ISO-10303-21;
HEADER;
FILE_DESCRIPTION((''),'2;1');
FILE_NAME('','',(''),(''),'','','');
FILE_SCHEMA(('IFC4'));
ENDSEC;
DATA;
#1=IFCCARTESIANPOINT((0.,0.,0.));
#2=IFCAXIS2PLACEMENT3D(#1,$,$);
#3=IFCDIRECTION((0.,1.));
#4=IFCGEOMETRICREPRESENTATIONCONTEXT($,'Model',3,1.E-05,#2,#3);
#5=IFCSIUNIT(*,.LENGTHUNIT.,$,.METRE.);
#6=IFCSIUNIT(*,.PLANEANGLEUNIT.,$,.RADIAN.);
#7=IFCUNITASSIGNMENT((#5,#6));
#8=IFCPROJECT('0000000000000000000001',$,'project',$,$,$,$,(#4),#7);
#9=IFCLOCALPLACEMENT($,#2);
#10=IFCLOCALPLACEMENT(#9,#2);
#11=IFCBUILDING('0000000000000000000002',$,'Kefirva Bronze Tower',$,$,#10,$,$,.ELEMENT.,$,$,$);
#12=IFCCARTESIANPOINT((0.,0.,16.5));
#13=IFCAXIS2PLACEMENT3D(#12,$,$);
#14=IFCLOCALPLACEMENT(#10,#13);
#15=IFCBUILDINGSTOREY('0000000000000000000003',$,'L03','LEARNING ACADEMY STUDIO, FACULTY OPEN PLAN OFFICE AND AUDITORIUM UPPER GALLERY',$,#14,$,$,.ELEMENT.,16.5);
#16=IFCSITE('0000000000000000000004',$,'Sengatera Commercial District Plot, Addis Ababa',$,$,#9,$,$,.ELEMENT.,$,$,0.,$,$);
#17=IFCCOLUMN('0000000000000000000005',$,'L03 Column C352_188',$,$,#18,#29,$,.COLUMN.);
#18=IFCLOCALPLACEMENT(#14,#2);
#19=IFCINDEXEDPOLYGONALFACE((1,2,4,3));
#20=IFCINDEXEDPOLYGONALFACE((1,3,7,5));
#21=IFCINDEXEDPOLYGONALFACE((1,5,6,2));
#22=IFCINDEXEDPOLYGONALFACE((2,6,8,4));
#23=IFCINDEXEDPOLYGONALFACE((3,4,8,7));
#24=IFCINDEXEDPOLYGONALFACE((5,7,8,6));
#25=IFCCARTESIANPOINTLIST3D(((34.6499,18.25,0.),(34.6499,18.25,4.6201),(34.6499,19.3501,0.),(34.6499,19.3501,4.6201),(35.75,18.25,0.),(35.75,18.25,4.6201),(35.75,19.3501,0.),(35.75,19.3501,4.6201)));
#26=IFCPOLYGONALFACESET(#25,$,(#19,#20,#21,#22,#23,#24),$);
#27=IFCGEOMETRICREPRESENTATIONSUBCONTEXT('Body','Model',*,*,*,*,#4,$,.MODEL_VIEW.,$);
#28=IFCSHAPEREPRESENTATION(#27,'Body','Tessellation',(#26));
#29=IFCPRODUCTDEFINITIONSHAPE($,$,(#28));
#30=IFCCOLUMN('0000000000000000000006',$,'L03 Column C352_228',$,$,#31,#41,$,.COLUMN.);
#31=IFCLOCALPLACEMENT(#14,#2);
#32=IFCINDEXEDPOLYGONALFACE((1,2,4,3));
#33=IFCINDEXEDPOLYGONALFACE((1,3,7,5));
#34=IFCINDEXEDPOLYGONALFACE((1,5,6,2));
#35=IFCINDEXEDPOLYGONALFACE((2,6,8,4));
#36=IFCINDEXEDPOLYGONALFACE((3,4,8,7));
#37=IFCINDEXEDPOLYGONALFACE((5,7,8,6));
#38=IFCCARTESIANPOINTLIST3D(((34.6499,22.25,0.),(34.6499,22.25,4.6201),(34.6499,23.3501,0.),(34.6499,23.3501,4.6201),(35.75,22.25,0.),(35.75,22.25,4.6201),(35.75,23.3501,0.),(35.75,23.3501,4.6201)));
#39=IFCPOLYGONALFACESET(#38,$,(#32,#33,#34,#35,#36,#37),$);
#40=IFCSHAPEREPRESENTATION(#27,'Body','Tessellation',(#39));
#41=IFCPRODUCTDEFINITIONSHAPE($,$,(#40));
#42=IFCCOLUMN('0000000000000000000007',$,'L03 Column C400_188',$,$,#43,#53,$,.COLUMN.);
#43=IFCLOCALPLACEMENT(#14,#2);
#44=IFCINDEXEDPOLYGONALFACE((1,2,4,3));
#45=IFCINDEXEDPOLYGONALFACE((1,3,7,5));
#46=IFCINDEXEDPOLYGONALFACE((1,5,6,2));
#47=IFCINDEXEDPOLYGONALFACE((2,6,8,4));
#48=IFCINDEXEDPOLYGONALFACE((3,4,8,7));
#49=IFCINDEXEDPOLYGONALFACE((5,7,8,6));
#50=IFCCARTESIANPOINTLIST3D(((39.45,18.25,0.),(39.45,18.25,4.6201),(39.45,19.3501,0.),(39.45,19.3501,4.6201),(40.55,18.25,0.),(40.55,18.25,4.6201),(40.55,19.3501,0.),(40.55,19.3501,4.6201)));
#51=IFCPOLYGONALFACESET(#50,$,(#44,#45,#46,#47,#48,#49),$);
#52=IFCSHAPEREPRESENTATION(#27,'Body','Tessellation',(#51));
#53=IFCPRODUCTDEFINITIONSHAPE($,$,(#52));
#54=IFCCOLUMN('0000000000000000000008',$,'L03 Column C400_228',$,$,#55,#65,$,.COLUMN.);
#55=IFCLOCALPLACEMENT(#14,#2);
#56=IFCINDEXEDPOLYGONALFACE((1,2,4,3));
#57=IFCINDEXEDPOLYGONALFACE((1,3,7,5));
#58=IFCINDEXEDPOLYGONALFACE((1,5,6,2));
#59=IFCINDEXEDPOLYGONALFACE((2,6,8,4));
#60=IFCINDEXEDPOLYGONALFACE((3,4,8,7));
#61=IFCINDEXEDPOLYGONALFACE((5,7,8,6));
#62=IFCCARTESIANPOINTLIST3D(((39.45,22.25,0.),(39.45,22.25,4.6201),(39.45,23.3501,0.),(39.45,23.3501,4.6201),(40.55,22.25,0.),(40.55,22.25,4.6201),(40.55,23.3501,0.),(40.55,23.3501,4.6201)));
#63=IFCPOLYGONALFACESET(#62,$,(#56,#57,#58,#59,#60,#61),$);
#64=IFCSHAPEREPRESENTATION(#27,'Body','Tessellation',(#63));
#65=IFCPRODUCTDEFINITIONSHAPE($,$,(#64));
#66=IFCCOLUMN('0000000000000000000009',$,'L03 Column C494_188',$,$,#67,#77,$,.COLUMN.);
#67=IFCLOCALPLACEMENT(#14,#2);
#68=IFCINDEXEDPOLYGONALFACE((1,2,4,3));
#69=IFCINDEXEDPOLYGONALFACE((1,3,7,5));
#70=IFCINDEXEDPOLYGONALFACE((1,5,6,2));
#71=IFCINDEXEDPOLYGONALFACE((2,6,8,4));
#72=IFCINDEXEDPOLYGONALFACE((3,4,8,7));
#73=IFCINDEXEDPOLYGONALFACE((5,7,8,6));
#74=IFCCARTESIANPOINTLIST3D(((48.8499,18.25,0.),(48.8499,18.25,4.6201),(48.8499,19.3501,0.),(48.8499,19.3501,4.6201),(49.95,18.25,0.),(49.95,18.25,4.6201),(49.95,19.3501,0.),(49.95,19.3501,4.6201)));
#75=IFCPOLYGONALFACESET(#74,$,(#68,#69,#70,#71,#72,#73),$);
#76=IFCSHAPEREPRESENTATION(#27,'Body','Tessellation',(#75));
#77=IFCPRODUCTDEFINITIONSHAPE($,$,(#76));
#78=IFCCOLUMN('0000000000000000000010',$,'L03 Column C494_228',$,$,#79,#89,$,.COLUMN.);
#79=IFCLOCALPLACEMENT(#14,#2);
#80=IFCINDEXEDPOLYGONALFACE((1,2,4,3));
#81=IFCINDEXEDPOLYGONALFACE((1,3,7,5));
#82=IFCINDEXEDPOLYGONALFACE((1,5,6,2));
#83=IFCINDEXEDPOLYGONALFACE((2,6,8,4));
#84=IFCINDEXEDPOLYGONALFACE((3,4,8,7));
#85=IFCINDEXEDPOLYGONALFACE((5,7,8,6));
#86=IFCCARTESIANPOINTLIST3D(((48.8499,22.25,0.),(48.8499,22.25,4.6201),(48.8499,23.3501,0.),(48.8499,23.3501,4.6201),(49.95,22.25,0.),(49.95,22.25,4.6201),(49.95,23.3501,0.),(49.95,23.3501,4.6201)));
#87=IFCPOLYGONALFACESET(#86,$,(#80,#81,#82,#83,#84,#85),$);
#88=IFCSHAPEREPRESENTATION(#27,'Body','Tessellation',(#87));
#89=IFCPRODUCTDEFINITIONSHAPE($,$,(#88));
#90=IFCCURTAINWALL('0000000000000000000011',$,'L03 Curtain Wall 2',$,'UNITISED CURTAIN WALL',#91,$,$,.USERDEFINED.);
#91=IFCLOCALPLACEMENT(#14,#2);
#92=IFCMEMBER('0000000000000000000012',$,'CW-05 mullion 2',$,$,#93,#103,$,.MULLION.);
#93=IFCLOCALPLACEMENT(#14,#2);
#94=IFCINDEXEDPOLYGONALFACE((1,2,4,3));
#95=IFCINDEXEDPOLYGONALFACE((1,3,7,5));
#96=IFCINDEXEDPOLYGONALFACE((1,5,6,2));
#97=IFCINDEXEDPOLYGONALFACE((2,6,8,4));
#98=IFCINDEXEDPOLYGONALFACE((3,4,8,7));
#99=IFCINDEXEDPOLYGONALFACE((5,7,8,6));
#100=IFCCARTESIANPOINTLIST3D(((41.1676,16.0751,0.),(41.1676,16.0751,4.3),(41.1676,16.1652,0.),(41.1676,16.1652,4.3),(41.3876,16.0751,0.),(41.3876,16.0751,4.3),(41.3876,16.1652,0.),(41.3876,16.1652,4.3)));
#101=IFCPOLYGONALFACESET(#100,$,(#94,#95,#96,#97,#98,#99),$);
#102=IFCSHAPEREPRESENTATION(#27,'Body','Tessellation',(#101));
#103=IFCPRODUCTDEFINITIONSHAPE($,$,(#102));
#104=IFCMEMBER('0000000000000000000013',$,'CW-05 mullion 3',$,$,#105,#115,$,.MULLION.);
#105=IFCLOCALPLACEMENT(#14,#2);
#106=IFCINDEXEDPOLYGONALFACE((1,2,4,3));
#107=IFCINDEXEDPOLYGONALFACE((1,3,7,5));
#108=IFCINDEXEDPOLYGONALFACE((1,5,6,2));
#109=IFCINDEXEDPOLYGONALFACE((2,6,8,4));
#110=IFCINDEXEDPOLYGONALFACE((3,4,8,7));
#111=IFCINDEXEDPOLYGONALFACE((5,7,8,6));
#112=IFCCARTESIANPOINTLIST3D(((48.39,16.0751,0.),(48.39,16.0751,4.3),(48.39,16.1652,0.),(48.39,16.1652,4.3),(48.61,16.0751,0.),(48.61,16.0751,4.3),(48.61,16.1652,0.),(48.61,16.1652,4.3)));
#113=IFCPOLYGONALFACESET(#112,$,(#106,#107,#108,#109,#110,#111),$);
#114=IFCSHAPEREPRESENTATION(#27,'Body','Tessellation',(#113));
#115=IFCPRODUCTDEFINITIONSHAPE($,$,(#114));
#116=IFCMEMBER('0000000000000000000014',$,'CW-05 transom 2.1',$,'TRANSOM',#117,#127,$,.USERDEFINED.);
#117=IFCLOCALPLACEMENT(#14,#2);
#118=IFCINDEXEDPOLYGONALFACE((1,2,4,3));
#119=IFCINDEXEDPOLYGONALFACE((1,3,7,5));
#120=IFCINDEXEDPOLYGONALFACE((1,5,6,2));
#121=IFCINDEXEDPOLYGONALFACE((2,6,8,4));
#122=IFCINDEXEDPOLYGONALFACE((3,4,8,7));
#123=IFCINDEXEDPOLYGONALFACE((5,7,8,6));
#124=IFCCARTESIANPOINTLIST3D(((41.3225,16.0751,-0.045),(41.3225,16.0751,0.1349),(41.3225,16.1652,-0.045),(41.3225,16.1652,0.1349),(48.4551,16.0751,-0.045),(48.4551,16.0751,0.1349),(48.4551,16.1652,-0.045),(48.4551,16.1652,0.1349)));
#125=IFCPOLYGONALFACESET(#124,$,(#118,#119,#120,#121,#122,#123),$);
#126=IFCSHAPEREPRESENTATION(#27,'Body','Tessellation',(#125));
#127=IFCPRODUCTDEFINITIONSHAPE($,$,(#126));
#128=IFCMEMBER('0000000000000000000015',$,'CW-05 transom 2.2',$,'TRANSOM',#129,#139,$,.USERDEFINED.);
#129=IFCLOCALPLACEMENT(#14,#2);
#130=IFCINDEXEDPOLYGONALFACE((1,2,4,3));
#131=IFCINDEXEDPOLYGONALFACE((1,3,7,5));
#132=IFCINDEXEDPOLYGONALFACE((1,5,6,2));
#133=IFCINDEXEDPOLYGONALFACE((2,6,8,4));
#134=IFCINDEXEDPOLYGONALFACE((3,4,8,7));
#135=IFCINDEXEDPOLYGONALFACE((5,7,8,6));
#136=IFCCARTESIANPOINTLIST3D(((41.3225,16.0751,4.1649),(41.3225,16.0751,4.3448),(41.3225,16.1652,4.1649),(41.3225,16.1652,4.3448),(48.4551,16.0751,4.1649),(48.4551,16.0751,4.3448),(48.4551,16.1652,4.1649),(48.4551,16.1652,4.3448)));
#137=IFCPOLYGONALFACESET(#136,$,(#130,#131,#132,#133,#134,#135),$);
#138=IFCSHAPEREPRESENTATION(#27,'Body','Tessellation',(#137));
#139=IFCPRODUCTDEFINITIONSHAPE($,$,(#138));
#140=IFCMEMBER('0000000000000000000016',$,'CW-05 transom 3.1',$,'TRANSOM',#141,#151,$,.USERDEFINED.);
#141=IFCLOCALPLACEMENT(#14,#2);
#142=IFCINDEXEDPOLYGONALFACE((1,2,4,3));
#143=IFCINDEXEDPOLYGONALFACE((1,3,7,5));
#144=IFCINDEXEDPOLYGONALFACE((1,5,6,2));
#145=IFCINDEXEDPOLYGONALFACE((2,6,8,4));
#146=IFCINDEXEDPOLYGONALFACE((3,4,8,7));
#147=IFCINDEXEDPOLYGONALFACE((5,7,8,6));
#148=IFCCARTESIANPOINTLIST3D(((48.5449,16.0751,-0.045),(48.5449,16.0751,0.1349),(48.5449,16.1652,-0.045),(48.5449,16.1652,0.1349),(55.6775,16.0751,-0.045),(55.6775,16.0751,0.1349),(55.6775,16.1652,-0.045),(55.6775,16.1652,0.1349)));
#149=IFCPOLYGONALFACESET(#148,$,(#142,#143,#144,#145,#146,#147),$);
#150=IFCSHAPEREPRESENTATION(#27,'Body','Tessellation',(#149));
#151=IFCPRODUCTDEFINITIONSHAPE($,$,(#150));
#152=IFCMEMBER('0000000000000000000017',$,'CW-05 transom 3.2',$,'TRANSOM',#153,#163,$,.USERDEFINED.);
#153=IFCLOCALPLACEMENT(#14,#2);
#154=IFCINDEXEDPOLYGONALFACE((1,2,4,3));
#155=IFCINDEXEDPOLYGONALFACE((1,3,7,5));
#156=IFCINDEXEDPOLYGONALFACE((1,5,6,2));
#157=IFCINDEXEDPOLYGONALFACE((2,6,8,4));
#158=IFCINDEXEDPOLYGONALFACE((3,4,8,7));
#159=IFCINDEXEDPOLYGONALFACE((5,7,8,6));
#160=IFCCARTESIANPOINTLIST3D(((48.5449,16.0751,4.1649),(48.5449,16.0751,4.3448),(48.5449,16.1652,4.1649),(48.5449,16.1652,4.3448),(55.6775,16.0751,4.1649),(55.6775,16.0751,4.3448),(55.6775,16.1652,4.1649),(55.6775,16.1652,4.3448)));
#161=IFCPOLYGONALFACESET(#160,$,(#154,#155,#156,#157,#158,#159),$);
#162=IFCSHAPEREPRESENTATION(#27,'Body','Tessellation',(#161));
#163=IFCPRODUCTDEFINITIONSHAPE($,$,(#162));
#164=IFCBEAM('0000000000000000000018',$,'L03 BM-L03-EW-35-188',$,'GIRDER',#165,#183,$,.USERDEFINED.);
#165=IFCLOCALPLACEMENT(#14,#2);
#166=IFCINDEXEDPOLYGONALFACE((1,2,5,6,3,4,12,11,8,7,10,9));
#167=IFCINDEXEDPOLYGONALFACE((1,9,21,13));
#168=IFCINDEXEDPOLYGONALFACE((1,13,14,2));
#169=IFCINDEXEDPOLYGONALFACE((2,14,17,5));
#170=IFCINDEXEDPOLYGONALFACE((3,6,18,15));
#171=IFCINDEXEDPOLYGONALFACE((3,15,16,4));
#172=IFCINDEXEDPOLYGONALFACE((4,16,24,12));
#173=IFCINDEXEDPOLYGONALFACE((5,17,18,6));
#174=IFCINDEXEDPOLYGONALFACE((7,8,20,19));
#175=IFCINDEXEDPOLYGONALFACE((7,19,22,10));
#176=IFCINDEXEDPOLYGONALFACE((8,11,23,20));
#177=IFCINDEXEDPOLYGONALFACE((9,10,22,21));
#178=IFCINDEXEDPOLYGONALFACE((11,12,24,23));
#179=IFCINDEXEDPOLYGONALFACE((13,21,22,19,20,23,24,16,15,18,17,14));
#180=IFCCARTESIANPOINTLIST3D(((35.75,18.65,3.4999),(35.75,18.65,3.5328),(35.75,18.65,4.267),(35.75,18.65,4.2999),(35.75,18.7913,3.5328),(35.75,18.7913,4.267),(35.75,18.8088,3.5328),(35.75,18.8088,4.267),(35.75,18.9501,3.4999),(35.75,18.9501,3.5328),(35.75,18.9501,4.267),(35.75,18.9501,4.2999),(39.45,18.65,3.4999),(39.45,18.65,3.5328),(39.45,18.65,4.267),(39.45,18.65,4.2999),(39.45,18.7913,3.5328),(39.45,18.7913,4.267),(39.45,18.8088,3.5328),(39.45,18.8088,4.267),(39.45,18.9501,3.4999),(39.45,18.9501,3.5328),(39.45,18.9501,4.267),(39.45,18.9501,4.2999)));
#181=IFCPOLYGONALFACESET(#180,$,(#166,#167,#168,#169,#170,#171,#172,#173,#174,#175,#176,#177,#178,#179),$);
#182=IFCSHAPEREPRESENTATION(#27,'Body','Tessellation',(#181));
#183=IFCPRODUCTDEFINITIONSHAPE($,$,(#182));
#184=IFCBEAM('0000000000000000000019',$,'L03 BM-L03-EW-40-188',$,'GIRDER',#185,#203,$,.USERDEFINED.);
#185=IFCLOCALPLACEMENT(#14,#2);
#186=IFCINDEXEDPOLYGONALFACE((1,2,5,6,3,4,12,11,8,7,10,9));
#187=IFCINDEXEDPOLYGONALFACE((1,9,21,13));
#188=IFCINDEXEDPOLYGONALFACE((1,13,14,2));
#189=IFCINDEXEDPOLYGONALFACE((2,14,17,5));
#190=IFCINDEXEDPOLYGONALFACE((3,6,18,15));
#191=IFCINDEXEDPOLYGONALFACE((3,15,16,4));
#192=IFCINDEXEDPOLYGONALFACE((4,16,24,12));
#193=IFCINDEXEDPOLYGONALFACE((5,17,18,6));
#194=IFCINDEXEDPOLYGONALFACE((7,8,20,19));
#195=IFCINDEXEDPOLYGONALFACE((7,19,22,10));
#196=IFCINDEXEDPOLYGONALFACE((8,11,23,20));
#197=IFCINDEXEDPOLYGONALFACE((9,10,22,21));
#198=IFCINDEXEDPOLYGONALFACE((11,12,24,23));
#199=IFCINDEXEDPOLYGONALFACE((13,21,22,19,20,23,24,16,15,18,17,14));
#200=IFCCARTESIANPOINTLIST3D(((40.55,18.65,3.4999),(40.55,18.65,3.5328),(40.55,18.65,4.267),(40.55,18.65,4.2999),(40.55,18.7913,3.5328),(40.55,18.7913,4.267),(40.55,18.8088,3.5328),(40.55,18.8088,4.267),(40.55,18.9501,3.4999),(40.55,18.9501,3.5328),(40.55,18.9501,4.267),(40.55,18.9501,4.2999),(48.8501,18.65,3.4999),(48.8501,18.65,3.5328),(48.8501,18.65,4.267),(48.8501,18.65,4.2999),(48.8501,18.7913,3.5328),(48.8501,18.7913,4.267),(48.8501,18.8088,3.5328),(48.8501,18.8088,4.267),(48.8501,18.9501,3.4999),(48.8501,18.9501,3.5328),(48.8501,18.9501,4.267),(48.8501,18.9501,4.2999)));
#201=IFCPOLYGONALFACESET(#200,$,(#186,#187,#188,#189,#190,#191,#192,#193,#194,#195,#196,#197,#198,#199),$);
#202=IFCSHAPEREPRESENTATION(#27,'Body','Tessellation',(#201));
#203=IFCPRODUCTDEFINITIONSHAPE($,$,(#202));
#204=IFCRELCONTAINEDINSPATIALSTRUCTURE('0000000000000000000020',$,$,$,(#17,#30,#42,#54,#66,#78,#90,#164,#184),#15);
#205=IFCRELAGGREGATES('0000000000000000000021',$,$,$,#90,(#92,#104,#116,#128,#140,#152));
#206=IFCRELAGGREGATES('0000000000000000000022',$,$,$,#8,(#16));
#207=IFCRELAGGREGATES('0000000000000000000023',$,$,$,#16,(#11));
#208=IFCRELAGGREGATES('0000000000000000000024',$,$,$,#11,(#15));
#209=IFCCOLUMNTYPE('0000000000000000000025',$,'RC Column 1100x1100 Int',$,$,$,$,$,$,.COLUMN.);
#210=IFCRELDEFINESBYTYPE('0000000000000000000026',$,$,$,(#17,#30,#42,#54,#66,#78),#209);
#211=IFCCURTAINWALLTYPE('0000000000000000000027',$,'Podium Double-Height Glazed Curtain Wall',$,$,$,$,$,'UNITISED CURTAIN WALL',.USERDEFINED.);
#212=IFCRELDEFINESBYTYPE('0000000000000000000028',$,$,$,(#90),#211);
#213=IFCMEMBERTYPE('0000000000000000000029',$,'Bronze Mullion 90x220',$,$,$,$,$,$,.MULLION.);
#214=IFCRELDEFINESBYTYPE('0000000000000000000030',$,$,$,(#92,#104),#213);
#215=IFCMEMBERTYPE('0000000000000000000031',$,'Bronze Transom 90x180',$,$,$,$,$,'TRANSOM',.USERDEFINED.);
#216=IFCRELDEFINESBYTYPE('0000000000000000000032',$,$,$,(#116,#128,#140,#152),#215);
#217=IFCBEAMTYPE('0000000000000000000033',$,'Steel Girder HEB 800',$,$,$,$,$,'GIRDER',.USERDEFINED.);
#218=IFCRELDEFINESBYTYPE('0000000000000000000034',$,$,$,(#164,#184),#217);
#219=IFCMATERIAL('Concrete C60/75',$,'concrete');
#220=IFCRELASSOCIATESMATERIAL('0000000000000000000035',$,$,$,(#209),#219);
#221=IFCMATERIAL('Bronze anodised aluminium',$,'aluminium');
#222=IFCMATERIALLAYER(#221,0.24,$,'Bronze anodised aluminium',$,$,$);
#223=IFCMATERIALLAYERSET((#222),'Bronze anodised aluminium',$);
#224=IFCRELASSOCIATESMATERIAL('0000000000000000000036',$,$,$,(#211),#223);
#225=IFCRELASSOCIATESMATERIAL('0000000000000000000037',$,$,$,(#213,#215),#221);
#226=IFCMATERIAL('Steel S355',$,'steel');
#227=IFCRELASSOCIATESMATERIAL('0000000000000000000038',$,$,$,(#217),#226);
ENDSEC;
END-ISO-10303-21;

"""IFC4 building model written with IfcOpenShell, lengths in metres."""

from ifc_helpers import new_model, si_unit, direction, frame, origin, origin_2d, place, context, subcontext, project, spatial, rectangle, i_section, extrude, material, layer, layer_set, material_profile, profile_set, type_object, element, aggregate, save


model = new_model("IFC4")

# Units and contexts
model_context = context("Model", 3, precision=1e-05, world=origin(), true_north=direction((0.0, 1.0)))
body_context = subcontext(model_context, "Body", "Model", "MODEL_VIEW")
ifc_project = project(units=[si_unit("LENGTHUNIT", "METRE"), si_unit("PLANEANGLEUNIT", "RADIAN")], contexts=[model_context])

# Site, building, storey
site_placement = place(None, origin())
site = spatial("IfcSite", under=ifc_project, at=site_placement, Name="Sengatera Commercial District Plot, Addis Ababa", CompositionType="ELEMENT", RefElevation=0.0)
building_placement = place(site_placement, origin())
building = spatial("IfcBuilding", under=site, at=building_placement, Name="Kefirva Bronze Tower", CompositionType="ELEMENT")
storey_placement = place(building_placement, frame((0.0, 0.0, 16.5)))
storey = spatial("IfcBuildingStorey", under=building, at=storey_placement, Name="L03", Description="LEARNING ACADEMY STUDIO, FACULTY OPEN PLAN OFFICE AND AUDITORIUM UPPER GALLERY", CompositionType="ELEMENT", Elevation=16.5)

# Columns
ifc_material_1 = material(Name="Concrete C60/75", Category="concrete")
ifc_material_profile_1 = material_profile(ifc_material_1, rectangle(XDim=1.1001, YDim=1.1001, at=origin_2d()), Name="RC 1100x1100")
ifc_profile_set_1 = profile_set([ifc_material_profile_1], Name="Concrete C60/75")
column_type = type_object("IfcColumnType", Name="RC Column 1100x1100 Int", PredefinedType="COLUMN", material=ifc_profile_set_1)
for number, where, z_axis, x_axis, name in (
    (1, (35.2, 18.8, 0.0), (0.0, 0.0, 1.0), (1.0, 0.0, 0.0), "L03 Column C352_188"),
    (2, (35.2, 22.8, 0.0), (0.0, 0.0, 1.0), (1.0, 0.0, 0.0), "L03 Column C352_228"),
    (3, (40.0, 18.8, 0.0), (0.0, 0.0, 1.0), (1.0, 0.0, 0.0), "L03 Column C400_188"),
    (4, (40.0, 22.8, 0.0), (0.0, 0.0, 1.0), (1.0, 0.0, 0.0), "L03 Column C400_228"),
    (5, (49.3999, 18.8, 0.0), (0.0, 0.0, 1.0), (1.0, 0.0, 0.0), "L03 Column C494_188"),
    (6, (49.3999, 22.8, 0.0), (0.0, 0.0, 1.0), (1.0, 0.0, 0.0), "L03 Column C494_228"),
):
    element("IfcColumn", number, at=place(storey_placement, frame(where, z_axis=z_axis, x_axis=x_axis)), inside=storey, type_object=column_type, Name=name, PredefinedType="COLUMN", context=body_context, shape_type="SweptSolid", body=[
        extrude(rectangle(XDim=1.1001, YDim=1.1001, at=origin_2d()), origin(), (0.0, 0.0, 1.0), 4.6201),
    ])

# Curtain wall, members
ifc_material_2 = material(Name="Bronze anodised aluminium", Category="aluminium")
ifc_layer_1 = layer(ifc_material_2, 0.24, Name="Bronze anodised aluminium")
ifc_layer_set_1 = layer_set([ifc_layer_1], Name="Bronze anodised aluminium")
curtain_wall_type = type_object("IfcCurtainWallType", Name="Podium Double-Height Glazed Curtain Wall", ElementType="UNITISED CURTAIN WALL", PredefinedType="USERDEFINED", material=ifc_layer_set_1)
curtain_wall_placement = place(storey_placement, origin())
curtain_wall = element("IfcCurtainWall", 7, at=curtain_wall_placement, inside=storey, type_object=curtain_wall_type, Name="L03 Curtain Wall 2", ObjectType="UNITISED CURTAIN WALL", PredefinedType="USERDEFINED")
ifc_material_profile_2 = material_profile(ifc_material_2, rectangle(XDim=0.0901, YDim=0.22, at=origin_2d()), Name="ALU 90x220")
ifc_profile_set_2 = profile_set([ifc_material_profile_2], Name="Bronze anodised aluminium")
member_type_1 = type_object("IfcMemberType", Name="Bronze Mullion 90x220", PredefinedType="MULLION", material=ifc_profile_set_2)
member_1_placement = place(storey_placement, frame((41.2776, 16.1201, 0.0), z_axis=(0.0, 0.0, 1.0), x_axis=(0.0, 1.0, 0.0)))
member_1 = element("IfcMember", 8, at=member_1_placement, type_object=member_type_1, Name="CW-05 mullion 2", PredefinedType="MULLION", context=body_context, shape_type="SweptSolid", body=[
    extrude(rectangle(XDim=0.0901, YDim=0.22, at=origin_2d()), origin(), (0.0, 0.0, 1.0), 4.3),
])
member_2_placement = place(storey_placement, frame((48.5, 16.1201, 0.0), z_axis=(0.0, 0.0, 1.0), x_axis=(0.0, 1.0, 0.0)))
member_2 = element("IfcMember", 9, at=member_2_placement, type_object=member_type_1, Name="CW-05 mullion 3", PredefinedType="MULLION", context=body_context, shape_type="SweptSolid", body=[
    extrude(rectangle(XDim=0.0901, YDim=0.22, at=origin_2d()), origin(), (0.0, 0.0, 1.0), 4.3),
])
ifc_material_profile_3 = material_profile(ifc_material_2, rectangle(XDim=0.0901, YDim=0.1799, at=origin_2d()), Name="ALU 90x180")
ifc_profile_set_3 = profile_set([ifc_material_profile_3], Name="Bronze anodised aluminium")
member_type_2 = type_object("IfcMemberType", Name="Bronze Transom 90x180", ElementType="TRANSOM", PredefinedType="USERDEFINED", material=ifc_profile_set_3)
member_3_placement = place(storey_placement, frame((41.3225, 16.1201, 0.0449), z_axis=(1.0, 0.0, 0.0), x_axis=(0.0, 1.0, 0.0)))
member_3 = element("IfcMember", 10, at=member_3_placement, type_object=member_type_2, Name="CW-05 transom 2.1", ObjectType="TRANSOM", PredefinedType="USERDEFINED", context=body_context, shape_type="SweptSolid", body=[
    extrude(rectangle(XDim=0.0901, YDim=0.1799, at=origin_2d()), origin(), (0.0, 0.0, 1.0), 7.1326),
])
member_4_placement = place(storey_placement, frame((41.3225, 16.1201, 4.2549), z_axis=(1.0, 0.0, 0.0), x_axis=(0.0, 1.0, 0.0)))
member_4 = element("IfcMember", 11, at=member_4_placement, type_object=member_type_2, Name="CW-05 transom 2.2", ObjectType="TRANSOM", PredefinedType="USERDEFINED", context=body_context, shape_type="SweptSolid", body=[
    extrude(rectangle(XDim=0.0901, YDim=0.1799, at=origin_2d()), origin(), (0.0, 0.0, 1.0), 7.1326),
])
member_5_placement = place(storey_placement, frame((48.5449, 16.1201, 0.0449), z_axis=(1.0, 0.0, 0.0), x_axis=(0.0, 1.0, 0.0)))
member_5 = element("IfcMember", 12, at=member_5_placement, type_object=member_type_2, Name="CW-05 transom 3.1", ObjectType="TRANSOM", PredefinedType="USERDEFINED", context=body_context, shape_type="SweptSolid", body=[
    extrude(rectangle(XDim=0.0901, YDim=0.1799, at=origin_2d()), origin(), (0.0, 0.0, 1.0), 7.1326),
])
member_6_placement = place(storey_placement, frame((48.5449, 16.1201, 4.2549), z_axis=(1.0, 0.0, 0.0), x_axis=(0.0, 1.0, 0.0)))
member_6 = element("IfcMember", 13, at=member_6_placement, type_object=member_type_2, Name="CW-05 transom 3.2", ObjectType="TRANSOM", PredefinedType="USERDEFINED", context=body_context, shape_type="SweptSolid", body=[
    extrude(rectangle(XDim=0.0901, YDim=0.1799, at=origin_2d()), origin(), (0.0, 0.0, 1.0), 7.1326),
])

# Beams
ifc_material_3 = material(Name="Steel S355", Category="steel")
ifc_material_profile_4 = material_profile(ifc_material_3, i_section(OverallWidth=0.3, OverallDepth=0.8, WebThickness=0.0176, FlangeThickness=0.033, at=origin_2d()), Name="HEB 800")
ifc_profile_set_4 = profile_set([ifc_material_profile_4], Name="Steel S355")
beam_type = type_object("IfcBeamType", Name="Steel Girder HEB 800", ElementType="GIRDER", PredefinedType="USERDEFINED", material=ifc_profile_set_4)
beam_1_placement = place(storey_placement, frame((35.75, 18.8, 3.8999), z_axis=(1.0, 0.0, 0.0), x_axis=(0.0, 1.0, 0.0)))
element("IfcBeam", 14, at=beam_1_placement, inside=storey, type_object=beam_type, Name="L03 BM-L03-EW-35-188", ObjectType="GIRDER", PredefinedType="USERDEFINED", context=body_context, shape_type="SweptSolid", body=[
    extrude(i_section(OverallWidth=0.3, OverallDepth=0.8, WebThickness=0.0176, FlangeThickness=0.033, at=origin_2d()), origin(), (0.0, 0.0, 1.0), 3.7),
])
beam_2_placement = place(storey_placement, frame((40.55, 18.8, 3.8999), z_axis=(1.0, 0.0, 0.0), x_axis=(0.0, 1.0, 0.0)))
element("IfcBeam", 15, at=beam_2_placement, inside=storey, type_object=beam_type, Name="L03 BM-L03-EW-40-188", ObjectType="GIRDER", PredefinedType="USERDEFINED", context=body_context, shape_type="SweptSolid", body=[
    extrude(i_section(OverallWidth=0.3, OverallDepth=0.8, WebThickness=0.0176, FlangeThickness=0.033, at=origin_2d()), origin(), (0.0, 0.0, 1.0), 8.3),
])

aggregate(curtain_wall, [member_1, member_2, member_3, member_4, member_5, member_6])

save(model, "model.ifc")
